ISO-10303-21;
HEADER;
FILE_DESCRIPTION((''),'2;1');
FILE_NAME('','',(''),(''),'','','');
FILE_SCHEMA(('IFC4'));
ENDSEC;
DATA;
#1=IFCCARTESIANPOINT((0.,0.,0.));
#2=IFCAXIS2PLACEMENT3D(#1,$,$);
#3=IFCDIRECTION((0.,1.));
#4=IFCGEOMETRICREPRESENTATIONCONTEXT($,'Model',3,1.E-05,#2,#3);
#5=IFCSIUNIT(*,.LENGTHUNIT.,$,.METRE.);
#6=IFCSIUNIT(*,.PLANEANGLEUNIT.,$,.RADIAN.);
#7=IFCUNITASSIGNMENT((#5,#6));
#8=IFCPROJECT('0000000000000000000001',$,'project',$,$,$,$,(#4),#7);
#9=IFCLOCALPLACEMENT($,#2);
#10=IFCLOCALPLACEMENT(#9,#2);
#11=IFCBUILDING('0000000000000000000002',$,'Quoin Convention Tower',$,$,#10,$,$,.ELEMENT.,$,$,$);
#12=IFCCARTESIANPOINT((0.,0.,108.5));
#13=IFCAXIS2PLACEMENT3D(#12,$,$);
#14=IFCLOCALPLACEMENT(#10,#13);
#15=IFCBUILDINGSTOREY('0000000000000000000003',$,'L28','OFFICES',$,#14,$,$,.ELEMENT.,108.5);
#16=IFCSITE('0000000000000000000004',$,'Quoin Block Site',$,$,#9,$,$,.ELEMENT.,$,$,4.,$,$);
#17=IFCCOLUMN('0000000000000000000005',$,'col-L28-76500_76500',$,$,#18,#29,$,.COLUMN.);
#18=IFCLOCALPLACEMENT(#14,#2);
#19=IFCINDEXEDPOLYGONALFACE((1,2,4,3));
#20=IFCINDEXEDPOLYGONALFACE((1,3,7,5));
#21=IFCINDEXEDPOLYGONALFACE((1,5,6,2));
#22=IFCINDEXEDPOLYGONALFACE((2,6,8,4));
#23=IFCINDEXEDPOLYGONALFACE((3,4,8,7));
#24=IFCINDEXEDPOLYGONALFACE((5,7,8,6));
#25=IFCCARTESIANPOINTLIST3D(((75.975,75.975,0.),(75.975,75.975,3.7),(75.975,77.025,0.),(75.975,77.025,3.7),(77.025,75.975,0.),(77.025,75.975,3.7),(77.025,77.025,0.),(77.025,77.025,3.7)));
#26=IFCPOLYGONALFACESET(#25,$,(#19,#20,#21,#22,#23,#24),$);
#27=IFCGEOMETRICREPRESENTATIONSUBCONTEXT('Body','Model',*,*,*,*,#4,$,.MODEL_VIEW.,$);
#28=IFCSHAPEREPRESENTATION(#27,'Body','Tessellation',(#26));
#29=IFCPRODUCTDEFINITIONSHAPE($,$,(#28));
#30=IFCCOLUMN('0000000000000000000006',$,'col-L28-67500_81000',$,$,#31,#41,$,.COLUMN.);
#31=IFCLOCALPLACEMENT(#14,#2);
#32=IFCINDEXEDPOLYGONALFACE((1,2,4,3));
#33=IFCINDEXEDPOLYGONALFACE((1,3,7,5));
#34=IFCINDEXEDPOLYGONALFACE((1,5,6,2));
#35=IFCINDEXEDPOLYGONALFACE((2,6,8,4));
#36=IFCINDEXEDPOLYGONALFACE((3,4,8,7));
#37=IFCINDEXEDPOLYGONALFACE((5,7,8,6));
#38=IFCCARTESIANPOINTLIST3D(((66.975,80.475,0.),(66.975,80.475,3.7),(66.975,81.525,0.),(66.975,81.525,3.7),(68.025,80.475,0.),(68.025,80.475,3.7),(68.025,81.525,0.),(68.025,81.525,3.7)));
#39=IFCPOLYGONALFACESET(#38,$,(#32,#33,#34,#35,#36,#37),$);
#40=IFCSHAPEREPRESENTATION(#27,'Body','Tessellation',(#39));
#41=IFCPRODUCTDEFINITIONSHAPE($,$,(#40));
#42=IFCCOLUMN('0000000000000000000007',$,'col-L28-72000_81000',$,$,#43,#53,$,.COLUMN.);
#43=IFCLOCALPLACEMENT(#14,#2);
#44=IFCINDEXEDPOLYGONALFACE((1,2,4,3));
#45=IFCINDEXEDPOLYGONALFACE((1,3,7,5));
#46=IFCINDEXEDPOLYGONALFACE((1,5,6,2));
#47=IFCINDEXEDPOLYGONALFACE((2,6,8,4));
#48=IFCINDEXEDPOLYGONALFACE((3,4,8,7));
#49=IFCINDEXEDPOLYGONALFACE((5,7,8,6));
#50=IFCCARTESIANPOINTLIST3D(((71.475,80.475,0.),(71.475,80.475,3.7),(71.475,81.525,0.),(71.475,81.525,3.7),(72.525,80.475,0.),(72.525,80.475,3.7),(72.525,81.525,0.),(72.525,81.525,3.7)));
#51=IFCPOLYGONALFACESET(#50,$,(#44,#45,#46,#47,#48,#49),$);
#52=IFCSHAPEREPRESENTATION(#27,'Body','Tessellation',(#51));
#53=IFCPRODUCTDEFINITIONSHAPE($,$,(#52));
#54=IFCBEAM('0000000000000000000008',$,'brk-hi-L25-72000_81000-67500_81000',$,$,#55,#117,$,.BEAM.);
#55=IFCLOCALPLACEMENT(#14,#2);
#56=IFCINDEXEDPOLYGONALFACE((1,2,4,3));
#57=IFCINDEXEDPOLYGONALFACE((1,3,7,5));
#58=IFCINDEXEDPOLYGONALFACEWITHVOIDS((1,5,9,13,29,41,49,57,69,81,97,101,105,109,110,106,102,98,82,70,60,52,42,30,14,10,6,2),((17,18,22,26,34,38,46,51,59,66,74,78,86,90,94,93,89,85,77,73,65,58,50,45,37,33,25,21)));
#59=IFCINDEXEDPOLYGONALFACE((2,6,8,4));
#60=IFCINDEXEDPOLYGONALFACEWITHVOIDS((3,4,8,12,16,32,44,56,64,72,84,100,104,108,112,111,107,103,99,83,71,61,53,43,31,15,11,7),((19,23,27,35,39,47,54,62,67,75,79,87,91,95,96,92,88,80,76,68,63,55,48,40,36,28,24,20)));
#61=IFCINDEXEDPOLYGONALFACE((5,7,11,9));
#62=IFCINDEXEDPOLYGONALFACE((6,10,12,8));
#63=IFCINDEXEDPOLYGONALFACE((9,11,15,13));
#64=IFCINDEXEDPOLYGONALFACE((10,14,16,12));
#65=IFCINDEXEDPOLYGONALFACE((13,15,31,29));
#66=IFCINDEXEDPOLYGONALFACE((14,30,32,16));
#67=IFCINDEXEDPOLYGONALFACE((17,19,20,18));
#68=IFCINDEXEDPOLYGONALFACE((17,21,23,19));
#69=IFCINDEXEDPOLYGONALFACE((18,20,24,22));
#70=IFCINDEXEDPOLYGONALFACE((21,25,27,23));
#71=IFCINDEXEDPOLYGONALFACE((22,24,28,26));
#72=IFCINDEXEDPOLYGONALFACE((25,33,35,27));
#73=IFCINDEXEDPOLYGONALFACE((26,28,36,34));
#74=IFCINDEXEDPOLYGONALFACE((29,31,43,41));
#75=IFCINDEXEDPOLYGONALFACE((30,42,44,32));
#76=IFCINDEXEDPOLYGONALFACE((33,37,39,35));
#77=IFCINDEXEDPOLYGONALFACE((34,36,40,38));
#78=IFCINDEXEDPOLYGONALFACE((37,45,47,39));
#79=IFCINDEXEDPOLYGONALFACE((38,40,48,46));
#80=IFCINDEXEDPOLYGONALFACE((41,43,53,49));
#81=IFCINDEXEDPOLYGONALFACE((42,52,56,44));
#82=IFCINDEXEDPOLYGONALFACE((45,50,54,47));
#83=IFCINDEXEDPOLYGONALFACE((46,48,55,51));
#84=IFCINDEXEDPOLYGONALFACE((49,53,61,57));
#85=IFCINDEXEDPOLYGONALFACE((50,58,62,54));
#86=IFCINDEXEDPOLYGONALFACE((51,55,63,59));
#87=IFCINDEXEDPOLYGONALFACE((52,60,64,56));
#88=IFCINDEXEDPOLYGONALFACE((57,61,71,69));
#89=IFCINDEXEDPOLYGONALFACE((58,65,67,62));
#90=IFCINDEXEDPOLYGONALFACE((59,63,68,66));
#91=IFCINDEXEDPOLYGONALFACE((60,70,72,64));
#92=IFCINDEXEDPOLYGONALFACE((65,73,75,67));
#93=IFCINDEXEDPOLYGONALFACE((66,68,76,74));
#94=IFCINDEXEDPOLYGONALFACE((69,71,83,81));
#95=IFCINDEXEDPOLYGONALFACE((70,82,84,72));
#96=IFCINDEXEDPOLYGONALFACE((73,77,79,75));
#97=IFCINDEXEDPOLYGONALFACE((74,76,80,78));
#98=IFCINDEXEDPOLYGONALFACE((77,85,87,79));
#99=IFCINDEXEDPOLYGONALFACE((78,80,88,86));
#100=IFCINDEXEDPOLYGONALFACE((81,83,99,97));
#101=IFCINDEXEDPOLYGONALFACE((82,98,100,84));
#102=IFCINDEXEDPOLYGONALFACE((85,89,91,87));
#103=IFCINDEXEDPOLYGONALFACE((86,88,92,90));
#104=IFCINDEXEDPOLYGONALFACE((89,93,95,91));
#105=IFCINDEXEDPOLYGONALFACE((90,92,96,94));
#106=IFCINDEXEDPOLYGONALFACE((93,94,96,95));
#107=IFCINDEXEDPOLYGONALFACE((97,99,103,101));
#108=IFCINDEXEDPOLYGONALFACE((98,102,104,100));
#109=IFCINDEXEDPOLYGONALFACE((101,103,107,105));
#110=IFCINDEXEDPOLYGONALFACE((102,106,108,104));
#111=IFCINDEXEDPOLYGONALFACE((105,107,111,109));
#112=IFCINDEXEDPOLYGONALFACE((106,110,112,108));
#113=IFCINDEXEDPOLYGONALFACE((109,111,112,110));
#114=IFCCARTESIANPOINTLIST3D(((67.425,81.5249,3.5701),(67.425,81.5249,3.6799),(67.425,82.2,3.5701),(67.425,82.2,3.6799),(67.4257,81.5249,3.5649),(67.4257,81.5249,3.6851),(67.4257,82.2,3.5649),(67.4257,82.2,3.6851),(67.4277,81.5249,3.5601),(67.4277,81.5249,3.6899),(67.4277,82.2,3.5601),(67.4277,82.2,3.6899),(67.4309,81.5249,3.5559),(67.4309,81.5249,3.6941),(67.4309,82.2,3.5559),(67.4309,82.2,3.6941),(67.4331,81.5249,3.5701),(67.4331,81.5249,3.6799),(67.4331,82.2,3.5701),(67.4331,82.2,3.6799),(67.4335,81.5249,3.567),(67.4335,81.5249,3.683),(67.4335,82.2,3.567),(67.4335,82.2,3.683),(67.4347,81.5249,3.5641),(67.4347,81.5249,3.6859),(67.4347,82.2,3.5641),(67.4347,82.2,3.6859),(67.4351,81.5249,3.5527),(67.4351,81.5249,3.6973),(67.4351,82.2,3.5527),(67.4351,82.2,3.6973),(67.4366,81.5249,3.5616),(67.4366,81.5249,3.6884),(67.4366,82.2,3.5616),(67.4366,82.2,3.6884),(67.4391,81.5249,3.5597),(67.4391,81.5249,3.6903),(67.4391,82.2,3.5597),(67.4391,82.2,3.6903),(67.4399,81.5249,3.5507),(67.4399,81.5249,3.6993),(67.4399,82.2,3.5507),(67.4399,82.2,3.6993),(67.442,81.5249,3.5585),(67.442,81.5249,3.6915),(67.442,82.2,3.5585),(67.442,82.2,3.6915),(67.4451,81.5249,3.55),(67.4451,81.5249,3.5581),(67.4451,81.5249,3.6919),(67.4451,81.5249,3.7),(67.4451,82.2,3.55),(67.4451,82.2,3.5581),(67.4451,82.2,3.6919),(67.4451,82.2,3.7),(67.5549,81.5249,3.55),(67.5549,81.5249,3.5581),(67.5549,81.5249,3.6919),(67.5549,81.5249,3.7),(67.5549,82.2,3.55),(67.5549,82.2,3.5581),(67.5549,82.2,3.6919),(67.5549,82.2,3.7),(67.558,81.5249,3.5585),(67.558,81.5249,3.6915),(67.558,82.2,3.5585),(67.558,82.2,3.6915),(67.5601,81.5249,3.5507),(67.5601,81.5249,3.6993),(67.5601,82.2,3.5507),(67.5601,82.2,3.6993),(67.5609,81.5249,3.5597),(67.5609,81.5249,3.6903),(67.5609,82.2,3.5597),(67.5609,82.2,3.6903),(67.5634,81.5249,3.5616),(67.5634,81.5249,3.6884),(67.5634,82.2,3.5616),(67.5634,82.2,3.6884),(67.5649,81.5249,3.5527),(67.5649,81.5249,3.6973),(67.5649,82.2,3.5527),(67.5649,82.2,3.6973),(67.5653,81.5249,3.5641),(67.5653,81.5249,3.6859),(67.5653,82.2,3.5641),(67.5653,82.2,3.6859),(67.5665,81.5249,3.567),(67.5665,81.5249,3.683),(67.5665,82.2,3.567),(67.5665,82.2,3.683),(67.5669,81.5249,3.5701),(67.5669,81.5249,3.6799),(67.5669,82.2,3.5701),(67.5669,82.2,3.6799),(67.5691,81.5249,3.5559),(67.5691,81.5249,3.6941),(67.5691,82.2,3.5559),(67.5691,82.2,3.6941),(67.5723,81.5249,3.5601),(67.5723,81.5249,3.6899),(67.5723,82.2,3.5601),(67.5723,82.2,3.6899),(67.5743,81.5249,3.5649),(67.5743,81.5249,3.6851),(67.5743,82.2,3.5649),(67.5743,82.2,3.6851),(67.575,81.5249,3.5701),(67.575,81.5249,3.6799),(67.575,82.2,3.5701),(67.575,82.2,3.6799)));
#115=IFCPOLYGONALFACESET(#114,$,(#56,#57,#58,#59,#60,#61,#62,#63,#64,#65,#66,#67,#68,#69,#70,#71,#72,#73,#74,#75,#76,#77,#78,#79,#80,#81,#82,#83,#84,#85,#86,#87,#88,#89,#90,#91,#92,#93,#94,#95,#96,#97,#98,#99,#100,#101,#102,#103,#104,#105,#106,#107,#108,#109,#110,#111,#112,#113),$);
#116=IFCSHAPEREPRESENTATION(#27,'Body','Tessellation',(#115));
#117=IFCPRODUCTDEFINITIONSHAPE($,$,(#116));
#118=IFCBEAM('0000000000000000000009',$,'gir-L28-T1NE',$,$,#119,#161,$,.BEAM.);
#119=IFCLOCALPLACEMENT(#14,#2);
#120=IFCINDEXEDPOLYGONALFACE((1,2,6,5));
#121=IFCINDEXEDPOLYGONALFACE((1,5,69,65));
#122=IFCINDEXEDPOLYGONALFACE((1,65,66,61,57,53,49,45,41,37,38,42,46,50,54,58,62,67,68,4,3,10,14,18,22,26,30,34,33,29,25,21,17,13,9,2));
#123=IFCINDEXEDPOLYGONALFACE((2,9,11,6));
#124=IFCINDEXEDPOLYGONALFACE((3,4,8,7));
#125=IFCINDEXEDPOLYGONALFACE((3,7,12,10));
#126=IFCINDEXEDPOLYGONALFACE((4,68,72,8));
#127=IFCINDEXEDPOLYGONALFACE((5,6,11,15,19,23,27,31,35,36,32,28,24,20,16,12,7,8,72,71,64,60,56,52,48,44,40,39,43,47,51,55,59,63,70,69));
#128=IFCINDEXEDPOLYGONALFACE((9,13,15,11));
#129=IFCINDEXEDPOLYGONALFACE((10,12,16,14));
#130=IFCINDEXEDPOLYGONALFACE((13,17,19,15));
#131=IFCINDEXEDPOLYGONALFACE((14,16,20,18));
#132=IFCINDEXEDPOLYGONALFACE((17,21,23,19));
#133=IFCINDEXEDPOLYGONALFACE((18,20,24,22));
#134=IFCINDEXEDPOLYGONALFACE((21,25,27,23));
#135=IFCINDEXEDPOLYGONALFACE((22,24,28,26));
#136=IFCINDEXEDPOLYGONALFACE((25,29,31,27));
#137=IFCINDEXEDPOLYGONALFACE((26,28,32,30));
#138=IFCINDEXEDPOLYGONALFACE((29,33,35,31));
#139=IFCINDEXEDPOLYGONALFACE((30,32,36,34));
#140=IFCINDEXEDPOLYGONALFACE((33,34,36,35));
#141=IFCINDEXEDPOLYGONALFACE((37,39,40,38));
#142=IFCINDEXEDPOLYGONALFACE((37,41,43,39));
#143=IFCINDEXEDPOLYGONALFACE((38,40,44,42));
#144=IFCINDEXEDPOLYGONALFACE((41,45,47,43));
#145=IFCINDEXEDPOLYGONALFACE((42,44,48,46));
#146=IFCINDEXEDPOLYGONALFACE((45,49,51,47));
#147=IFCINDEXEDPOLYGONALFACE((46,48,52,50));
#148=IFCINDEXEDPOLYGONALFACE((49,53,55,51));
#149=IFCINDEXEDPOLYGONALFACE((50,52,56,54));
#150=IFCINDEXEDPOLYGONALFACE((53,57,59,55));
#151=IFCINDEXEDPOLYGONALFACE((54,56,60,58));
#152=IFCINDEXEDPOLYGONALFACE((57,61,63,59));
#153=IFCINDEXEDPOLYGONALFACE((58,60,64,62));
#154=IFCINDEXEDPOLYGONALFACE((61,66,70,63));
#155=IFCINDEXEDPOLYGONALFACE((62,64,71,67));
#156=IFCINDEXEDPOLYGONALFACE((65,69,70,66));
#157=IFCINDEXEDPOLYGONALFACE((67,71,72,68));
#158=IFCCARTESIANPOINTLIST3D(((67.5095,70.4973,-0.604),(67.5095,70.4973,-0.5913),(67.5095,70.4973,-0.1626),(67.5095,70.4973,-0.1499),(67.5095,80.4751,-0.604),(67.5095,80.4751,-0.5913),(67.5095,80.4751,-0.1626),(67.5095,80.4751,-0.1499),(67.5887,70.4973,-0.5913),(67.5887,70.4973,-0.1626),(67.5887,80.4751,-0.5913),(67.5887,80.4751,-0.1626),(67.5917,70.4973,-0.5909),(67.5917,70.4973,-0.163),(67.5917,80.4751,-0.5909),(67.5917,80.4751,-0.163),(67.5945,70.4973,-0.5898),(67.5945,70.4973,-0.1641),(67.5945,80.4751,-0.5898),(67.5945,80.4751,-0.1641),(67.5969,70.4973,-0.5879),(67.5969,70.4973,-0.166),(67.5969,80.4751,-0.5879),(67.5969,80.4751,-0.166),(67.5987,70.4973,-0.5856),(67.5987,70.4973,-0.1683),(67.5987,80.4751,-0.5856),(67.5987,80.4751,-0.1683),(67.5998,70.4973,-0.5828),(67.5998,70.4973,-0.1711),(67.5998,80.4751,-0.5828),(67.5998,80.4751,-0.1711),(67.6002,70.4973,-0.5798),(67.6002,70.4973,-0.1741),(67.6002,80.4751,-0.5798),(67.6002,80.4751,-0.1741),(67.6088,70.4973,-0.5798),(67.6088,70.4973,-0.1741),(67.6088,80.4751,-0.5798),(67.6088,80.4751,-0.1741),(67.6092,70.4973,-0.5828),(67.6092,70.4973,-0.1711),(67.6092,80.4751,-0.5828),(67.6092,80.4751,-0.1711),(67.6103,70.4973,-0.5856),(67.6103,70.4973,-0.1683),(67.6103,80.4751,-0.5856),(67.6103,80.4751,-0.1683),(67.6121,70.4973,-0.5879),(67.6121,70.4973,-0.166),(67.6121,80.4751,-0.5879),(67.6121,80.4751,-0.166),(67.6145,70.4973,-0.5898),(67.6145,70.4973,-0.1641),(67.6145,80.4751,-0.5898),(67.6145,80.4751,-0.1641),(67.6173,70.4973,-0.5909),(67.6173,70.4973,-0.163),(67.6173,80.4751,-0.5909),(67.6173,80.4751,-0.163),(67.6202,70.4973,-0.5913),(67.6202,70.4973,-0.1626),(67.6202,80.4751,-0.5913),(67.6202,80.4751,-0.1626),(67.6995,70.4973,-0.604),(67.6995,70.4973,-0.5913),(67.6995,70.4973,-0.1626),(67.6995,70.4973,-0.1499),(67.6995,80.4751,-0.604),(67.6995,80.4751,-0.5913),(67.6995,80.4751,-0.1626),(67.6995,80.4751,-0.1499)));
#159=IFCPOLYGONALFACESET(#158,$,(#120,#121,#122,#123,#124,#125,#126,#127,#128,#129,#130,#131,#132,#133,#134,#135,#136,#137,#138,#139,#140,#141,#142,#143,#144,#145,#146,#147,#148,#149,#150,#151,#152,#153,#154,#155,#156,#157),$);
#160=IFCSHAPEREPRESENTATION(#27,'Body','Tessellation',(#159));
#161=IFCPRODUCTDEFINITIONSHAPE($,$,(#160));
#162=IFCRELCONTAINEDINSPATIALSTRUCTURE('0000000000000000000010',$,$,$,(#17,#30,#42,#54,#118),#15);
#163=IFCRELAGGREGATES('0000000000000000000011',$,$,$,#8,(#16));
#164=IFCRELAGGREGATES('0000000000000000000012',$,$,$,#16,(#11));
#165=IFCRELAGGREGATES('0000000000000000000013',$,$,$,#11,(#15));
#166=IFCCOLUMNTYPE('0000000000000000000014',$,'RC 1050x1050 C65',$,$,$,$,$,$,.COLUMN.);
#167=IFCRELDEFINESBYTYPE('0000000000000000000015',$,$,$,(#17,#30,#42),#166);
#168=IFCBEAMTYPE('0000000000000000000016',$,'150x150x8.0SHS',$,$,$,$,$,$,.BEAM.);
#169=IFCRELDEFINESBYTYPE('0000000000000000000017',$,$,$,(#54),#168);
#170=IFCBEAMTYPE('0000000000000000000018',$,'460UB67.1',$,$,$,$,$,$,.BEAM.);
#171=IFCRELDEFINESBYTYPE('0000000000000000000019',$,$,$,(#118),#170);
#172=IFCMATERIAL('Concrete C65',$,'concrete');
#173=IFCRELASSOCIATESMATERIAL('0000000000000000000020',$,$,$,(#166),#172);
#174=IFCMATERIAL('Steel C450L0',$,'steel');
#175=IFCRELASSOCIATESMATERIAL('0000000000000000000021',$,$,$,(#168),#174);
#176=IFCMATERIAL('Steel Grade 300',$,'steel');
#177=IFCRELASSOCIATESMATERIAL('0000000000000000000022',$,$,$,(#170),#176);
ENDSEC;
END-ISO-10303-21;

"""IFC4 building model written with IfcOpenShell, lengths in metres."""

from ifc_helpers import new_model, si_unit, direction, frame, origin, origin_2d, place, context, subcontext, project, spatial, rectangle, hollow_rectangle, i_section, extrude, material, material_profile, profile_set, type_object, element, save


model = new_model("IFC4")

# Units and contexts
model_context = context("Model", 3, precision=1e-05, world=origin(), true_north=direction((0.0, 1.0)))
body_context = subcontext(model_context, "Body", "Model", "MODEL_VIEW")
ifc_project = project(units=[si_unit("LENGTHUNIT", "METRE"), si_unit("PLANEANGLEUNIT", "RADIAN")], contexts=[model_context])

# Site, building, storey
site_placement = place(None, origin())
site = spatial("IfcSite", under=ifc_project, at=site_placement, Name="Quoin Block Site", CompositionType="ELEMENT", RefElevation=4.0)
building_placement = place(site_placement, origin())
building = spatial("IfcBuilding", under=site, at=building_placement, Name="Quoin Convention Tower", CompositionType="ELEMENT")
storey_placement = place(building_placement, frame((0.0, 0.0, 108.5)))
storey = spatial("IfcBuildingStorey", under=building, at=storey_placement, Name="L28", Description="OFFICES", CompositionType="ELEMENT", Elevation=108.5)

# Columns
ifc_material_1 = material(Name="Concrete C65", Category="concrete")
ifc_material_profile_1 = material_profile(ifc_material_1, rectangle(XDim=1.05, YDim=1.05, at=origin_2d()), Name="RC 1050x1050")
ifc_profile_set_1 = profile_set([ifc_material_profile_1], Name="Concrete C65")
column_type = type_object("IfcColumnType", Name="RC 1050x1050 C65", PredefinedType="COLUMN", material=ifc_profile_set_1)
for number, where, z_axis, x_axis, name in (
    (1, (76.5, 76.5, 0.0), (0.0, 0.0, 1.0), (1.0, 0.0, 0.0), "col-L28-76500_76500"),
    (2, (67.5, 81.0, 0.0), (0.0, 0.0, 1.0), (1.0, 0.0, 0.0), "col-L28-67500_81000"),
    (3, (72.0, 81.0, 0.0), (0.0, 0.0, 1.0), (1.0, 0.0, 0.0), "col-L28-72000_81000"),
):
    element("IfcColumn", number, at=place(storey_placement, frame(where, z_axis=z_axis, x_axis=x_axis)), inside=storey, type_object=column_type, Name=name, PredefinedType="COLUMN", context=body_context, shape_type="SweptSolid", body=[
        extrude(rectangle(XDim=1.05, YDim=1.05, at=origin_2d()), origin(), (0.0, 0.0, 1.0), 3.7),
    ])

# Beams
ifc_material_2 = material(Name="Steel C450L0", Category="steel")
ifc_material_profile_2 = material_profile(ifc_material_2, hollow_rectangle(XDim=0.1499, YDim=0.1499, WallThickness=0.0081, InnerFilletRadius=0.012, OuterFilletRadius=0.02, at=origin_2d()), Name="150x150x8.0SHS")
ifc_profile_set_2 = profile_set([ifc_material_profile_2], Name="Steel C450L0")
beam_type_1 = type_object("IfcBeamType", Name="150x150x8.0SHS", PredefinedType="BEAM", material=ifc_profile_set_2)
beam_1_placement = place(storey_placement, frame((67.5, 81.5249, 3.625), z_axis=(0.0, 1.0, 0.0), x_axis=(-1.0, 0.0, 0.0)))
element("IfcBeam", 4, at=beam_1_placement, inside=storey, type_object=beam_type_1, Name="brk-hi-L25-72000_81000-67500_81000", PredefinedType="BEAM", context=body_context, shape_type="SweptSolid", body=[
    extrude(hollow_rectangle(XDim=0.1499, YDim=0.1499, WallThickness=0.0081, InnerFilletRadius=0.012, OuterFilletRadius=0.02, at=origin_2d()), origin(), (0.0, 0.0, 1.0), 0.675),
])
ifc_material_3 = material(Name="Steel Grade 300", Category="steel")
ifc_material_profile_3 = material_profile(ifc_material_3, i_section(OverallWidth=0.1899, OverallDepth=0.4541, WebThickness=0.0085, FlangeThickness=0.0127, FilletRadius=0.0115, at=origin_2d()), Name="460UB67.1")
ifc_profile_set_3 = profile_set([ifc_material_profile_3], Name="Steel Grade 300")
beam_type_2 = type_object("IfcBeamType", Name="460UB67.1", PredefinedType="BEAM", material=ifc_profile_set_3)
beam_2_placement = place(storey_placement, frame((67.6045, 80.4751, -0.377), z_axis=(0.0, -1.0, 0.0), x_axis=(1.0, 0.0, 0.0)))
element("IfcBeam", 5, at=beam_2_placement, inside=storey, type_object=beam_type_2, Name="gir-L28-T1NE", PredefinedType="BEAM", context=body_context, shape_type="SweptSolid", body=[
    extrude(i_section(OverallWidth=0.1899, OverallDepth=0.4541, WebThickness=0.0085, FlangeThickness=0.0127, FilletRadius=0.0115, at=origin_2d()), origin(), (0.0, 0.0, 1.0), 9.9778),
])

save(model, "model.ifc")
